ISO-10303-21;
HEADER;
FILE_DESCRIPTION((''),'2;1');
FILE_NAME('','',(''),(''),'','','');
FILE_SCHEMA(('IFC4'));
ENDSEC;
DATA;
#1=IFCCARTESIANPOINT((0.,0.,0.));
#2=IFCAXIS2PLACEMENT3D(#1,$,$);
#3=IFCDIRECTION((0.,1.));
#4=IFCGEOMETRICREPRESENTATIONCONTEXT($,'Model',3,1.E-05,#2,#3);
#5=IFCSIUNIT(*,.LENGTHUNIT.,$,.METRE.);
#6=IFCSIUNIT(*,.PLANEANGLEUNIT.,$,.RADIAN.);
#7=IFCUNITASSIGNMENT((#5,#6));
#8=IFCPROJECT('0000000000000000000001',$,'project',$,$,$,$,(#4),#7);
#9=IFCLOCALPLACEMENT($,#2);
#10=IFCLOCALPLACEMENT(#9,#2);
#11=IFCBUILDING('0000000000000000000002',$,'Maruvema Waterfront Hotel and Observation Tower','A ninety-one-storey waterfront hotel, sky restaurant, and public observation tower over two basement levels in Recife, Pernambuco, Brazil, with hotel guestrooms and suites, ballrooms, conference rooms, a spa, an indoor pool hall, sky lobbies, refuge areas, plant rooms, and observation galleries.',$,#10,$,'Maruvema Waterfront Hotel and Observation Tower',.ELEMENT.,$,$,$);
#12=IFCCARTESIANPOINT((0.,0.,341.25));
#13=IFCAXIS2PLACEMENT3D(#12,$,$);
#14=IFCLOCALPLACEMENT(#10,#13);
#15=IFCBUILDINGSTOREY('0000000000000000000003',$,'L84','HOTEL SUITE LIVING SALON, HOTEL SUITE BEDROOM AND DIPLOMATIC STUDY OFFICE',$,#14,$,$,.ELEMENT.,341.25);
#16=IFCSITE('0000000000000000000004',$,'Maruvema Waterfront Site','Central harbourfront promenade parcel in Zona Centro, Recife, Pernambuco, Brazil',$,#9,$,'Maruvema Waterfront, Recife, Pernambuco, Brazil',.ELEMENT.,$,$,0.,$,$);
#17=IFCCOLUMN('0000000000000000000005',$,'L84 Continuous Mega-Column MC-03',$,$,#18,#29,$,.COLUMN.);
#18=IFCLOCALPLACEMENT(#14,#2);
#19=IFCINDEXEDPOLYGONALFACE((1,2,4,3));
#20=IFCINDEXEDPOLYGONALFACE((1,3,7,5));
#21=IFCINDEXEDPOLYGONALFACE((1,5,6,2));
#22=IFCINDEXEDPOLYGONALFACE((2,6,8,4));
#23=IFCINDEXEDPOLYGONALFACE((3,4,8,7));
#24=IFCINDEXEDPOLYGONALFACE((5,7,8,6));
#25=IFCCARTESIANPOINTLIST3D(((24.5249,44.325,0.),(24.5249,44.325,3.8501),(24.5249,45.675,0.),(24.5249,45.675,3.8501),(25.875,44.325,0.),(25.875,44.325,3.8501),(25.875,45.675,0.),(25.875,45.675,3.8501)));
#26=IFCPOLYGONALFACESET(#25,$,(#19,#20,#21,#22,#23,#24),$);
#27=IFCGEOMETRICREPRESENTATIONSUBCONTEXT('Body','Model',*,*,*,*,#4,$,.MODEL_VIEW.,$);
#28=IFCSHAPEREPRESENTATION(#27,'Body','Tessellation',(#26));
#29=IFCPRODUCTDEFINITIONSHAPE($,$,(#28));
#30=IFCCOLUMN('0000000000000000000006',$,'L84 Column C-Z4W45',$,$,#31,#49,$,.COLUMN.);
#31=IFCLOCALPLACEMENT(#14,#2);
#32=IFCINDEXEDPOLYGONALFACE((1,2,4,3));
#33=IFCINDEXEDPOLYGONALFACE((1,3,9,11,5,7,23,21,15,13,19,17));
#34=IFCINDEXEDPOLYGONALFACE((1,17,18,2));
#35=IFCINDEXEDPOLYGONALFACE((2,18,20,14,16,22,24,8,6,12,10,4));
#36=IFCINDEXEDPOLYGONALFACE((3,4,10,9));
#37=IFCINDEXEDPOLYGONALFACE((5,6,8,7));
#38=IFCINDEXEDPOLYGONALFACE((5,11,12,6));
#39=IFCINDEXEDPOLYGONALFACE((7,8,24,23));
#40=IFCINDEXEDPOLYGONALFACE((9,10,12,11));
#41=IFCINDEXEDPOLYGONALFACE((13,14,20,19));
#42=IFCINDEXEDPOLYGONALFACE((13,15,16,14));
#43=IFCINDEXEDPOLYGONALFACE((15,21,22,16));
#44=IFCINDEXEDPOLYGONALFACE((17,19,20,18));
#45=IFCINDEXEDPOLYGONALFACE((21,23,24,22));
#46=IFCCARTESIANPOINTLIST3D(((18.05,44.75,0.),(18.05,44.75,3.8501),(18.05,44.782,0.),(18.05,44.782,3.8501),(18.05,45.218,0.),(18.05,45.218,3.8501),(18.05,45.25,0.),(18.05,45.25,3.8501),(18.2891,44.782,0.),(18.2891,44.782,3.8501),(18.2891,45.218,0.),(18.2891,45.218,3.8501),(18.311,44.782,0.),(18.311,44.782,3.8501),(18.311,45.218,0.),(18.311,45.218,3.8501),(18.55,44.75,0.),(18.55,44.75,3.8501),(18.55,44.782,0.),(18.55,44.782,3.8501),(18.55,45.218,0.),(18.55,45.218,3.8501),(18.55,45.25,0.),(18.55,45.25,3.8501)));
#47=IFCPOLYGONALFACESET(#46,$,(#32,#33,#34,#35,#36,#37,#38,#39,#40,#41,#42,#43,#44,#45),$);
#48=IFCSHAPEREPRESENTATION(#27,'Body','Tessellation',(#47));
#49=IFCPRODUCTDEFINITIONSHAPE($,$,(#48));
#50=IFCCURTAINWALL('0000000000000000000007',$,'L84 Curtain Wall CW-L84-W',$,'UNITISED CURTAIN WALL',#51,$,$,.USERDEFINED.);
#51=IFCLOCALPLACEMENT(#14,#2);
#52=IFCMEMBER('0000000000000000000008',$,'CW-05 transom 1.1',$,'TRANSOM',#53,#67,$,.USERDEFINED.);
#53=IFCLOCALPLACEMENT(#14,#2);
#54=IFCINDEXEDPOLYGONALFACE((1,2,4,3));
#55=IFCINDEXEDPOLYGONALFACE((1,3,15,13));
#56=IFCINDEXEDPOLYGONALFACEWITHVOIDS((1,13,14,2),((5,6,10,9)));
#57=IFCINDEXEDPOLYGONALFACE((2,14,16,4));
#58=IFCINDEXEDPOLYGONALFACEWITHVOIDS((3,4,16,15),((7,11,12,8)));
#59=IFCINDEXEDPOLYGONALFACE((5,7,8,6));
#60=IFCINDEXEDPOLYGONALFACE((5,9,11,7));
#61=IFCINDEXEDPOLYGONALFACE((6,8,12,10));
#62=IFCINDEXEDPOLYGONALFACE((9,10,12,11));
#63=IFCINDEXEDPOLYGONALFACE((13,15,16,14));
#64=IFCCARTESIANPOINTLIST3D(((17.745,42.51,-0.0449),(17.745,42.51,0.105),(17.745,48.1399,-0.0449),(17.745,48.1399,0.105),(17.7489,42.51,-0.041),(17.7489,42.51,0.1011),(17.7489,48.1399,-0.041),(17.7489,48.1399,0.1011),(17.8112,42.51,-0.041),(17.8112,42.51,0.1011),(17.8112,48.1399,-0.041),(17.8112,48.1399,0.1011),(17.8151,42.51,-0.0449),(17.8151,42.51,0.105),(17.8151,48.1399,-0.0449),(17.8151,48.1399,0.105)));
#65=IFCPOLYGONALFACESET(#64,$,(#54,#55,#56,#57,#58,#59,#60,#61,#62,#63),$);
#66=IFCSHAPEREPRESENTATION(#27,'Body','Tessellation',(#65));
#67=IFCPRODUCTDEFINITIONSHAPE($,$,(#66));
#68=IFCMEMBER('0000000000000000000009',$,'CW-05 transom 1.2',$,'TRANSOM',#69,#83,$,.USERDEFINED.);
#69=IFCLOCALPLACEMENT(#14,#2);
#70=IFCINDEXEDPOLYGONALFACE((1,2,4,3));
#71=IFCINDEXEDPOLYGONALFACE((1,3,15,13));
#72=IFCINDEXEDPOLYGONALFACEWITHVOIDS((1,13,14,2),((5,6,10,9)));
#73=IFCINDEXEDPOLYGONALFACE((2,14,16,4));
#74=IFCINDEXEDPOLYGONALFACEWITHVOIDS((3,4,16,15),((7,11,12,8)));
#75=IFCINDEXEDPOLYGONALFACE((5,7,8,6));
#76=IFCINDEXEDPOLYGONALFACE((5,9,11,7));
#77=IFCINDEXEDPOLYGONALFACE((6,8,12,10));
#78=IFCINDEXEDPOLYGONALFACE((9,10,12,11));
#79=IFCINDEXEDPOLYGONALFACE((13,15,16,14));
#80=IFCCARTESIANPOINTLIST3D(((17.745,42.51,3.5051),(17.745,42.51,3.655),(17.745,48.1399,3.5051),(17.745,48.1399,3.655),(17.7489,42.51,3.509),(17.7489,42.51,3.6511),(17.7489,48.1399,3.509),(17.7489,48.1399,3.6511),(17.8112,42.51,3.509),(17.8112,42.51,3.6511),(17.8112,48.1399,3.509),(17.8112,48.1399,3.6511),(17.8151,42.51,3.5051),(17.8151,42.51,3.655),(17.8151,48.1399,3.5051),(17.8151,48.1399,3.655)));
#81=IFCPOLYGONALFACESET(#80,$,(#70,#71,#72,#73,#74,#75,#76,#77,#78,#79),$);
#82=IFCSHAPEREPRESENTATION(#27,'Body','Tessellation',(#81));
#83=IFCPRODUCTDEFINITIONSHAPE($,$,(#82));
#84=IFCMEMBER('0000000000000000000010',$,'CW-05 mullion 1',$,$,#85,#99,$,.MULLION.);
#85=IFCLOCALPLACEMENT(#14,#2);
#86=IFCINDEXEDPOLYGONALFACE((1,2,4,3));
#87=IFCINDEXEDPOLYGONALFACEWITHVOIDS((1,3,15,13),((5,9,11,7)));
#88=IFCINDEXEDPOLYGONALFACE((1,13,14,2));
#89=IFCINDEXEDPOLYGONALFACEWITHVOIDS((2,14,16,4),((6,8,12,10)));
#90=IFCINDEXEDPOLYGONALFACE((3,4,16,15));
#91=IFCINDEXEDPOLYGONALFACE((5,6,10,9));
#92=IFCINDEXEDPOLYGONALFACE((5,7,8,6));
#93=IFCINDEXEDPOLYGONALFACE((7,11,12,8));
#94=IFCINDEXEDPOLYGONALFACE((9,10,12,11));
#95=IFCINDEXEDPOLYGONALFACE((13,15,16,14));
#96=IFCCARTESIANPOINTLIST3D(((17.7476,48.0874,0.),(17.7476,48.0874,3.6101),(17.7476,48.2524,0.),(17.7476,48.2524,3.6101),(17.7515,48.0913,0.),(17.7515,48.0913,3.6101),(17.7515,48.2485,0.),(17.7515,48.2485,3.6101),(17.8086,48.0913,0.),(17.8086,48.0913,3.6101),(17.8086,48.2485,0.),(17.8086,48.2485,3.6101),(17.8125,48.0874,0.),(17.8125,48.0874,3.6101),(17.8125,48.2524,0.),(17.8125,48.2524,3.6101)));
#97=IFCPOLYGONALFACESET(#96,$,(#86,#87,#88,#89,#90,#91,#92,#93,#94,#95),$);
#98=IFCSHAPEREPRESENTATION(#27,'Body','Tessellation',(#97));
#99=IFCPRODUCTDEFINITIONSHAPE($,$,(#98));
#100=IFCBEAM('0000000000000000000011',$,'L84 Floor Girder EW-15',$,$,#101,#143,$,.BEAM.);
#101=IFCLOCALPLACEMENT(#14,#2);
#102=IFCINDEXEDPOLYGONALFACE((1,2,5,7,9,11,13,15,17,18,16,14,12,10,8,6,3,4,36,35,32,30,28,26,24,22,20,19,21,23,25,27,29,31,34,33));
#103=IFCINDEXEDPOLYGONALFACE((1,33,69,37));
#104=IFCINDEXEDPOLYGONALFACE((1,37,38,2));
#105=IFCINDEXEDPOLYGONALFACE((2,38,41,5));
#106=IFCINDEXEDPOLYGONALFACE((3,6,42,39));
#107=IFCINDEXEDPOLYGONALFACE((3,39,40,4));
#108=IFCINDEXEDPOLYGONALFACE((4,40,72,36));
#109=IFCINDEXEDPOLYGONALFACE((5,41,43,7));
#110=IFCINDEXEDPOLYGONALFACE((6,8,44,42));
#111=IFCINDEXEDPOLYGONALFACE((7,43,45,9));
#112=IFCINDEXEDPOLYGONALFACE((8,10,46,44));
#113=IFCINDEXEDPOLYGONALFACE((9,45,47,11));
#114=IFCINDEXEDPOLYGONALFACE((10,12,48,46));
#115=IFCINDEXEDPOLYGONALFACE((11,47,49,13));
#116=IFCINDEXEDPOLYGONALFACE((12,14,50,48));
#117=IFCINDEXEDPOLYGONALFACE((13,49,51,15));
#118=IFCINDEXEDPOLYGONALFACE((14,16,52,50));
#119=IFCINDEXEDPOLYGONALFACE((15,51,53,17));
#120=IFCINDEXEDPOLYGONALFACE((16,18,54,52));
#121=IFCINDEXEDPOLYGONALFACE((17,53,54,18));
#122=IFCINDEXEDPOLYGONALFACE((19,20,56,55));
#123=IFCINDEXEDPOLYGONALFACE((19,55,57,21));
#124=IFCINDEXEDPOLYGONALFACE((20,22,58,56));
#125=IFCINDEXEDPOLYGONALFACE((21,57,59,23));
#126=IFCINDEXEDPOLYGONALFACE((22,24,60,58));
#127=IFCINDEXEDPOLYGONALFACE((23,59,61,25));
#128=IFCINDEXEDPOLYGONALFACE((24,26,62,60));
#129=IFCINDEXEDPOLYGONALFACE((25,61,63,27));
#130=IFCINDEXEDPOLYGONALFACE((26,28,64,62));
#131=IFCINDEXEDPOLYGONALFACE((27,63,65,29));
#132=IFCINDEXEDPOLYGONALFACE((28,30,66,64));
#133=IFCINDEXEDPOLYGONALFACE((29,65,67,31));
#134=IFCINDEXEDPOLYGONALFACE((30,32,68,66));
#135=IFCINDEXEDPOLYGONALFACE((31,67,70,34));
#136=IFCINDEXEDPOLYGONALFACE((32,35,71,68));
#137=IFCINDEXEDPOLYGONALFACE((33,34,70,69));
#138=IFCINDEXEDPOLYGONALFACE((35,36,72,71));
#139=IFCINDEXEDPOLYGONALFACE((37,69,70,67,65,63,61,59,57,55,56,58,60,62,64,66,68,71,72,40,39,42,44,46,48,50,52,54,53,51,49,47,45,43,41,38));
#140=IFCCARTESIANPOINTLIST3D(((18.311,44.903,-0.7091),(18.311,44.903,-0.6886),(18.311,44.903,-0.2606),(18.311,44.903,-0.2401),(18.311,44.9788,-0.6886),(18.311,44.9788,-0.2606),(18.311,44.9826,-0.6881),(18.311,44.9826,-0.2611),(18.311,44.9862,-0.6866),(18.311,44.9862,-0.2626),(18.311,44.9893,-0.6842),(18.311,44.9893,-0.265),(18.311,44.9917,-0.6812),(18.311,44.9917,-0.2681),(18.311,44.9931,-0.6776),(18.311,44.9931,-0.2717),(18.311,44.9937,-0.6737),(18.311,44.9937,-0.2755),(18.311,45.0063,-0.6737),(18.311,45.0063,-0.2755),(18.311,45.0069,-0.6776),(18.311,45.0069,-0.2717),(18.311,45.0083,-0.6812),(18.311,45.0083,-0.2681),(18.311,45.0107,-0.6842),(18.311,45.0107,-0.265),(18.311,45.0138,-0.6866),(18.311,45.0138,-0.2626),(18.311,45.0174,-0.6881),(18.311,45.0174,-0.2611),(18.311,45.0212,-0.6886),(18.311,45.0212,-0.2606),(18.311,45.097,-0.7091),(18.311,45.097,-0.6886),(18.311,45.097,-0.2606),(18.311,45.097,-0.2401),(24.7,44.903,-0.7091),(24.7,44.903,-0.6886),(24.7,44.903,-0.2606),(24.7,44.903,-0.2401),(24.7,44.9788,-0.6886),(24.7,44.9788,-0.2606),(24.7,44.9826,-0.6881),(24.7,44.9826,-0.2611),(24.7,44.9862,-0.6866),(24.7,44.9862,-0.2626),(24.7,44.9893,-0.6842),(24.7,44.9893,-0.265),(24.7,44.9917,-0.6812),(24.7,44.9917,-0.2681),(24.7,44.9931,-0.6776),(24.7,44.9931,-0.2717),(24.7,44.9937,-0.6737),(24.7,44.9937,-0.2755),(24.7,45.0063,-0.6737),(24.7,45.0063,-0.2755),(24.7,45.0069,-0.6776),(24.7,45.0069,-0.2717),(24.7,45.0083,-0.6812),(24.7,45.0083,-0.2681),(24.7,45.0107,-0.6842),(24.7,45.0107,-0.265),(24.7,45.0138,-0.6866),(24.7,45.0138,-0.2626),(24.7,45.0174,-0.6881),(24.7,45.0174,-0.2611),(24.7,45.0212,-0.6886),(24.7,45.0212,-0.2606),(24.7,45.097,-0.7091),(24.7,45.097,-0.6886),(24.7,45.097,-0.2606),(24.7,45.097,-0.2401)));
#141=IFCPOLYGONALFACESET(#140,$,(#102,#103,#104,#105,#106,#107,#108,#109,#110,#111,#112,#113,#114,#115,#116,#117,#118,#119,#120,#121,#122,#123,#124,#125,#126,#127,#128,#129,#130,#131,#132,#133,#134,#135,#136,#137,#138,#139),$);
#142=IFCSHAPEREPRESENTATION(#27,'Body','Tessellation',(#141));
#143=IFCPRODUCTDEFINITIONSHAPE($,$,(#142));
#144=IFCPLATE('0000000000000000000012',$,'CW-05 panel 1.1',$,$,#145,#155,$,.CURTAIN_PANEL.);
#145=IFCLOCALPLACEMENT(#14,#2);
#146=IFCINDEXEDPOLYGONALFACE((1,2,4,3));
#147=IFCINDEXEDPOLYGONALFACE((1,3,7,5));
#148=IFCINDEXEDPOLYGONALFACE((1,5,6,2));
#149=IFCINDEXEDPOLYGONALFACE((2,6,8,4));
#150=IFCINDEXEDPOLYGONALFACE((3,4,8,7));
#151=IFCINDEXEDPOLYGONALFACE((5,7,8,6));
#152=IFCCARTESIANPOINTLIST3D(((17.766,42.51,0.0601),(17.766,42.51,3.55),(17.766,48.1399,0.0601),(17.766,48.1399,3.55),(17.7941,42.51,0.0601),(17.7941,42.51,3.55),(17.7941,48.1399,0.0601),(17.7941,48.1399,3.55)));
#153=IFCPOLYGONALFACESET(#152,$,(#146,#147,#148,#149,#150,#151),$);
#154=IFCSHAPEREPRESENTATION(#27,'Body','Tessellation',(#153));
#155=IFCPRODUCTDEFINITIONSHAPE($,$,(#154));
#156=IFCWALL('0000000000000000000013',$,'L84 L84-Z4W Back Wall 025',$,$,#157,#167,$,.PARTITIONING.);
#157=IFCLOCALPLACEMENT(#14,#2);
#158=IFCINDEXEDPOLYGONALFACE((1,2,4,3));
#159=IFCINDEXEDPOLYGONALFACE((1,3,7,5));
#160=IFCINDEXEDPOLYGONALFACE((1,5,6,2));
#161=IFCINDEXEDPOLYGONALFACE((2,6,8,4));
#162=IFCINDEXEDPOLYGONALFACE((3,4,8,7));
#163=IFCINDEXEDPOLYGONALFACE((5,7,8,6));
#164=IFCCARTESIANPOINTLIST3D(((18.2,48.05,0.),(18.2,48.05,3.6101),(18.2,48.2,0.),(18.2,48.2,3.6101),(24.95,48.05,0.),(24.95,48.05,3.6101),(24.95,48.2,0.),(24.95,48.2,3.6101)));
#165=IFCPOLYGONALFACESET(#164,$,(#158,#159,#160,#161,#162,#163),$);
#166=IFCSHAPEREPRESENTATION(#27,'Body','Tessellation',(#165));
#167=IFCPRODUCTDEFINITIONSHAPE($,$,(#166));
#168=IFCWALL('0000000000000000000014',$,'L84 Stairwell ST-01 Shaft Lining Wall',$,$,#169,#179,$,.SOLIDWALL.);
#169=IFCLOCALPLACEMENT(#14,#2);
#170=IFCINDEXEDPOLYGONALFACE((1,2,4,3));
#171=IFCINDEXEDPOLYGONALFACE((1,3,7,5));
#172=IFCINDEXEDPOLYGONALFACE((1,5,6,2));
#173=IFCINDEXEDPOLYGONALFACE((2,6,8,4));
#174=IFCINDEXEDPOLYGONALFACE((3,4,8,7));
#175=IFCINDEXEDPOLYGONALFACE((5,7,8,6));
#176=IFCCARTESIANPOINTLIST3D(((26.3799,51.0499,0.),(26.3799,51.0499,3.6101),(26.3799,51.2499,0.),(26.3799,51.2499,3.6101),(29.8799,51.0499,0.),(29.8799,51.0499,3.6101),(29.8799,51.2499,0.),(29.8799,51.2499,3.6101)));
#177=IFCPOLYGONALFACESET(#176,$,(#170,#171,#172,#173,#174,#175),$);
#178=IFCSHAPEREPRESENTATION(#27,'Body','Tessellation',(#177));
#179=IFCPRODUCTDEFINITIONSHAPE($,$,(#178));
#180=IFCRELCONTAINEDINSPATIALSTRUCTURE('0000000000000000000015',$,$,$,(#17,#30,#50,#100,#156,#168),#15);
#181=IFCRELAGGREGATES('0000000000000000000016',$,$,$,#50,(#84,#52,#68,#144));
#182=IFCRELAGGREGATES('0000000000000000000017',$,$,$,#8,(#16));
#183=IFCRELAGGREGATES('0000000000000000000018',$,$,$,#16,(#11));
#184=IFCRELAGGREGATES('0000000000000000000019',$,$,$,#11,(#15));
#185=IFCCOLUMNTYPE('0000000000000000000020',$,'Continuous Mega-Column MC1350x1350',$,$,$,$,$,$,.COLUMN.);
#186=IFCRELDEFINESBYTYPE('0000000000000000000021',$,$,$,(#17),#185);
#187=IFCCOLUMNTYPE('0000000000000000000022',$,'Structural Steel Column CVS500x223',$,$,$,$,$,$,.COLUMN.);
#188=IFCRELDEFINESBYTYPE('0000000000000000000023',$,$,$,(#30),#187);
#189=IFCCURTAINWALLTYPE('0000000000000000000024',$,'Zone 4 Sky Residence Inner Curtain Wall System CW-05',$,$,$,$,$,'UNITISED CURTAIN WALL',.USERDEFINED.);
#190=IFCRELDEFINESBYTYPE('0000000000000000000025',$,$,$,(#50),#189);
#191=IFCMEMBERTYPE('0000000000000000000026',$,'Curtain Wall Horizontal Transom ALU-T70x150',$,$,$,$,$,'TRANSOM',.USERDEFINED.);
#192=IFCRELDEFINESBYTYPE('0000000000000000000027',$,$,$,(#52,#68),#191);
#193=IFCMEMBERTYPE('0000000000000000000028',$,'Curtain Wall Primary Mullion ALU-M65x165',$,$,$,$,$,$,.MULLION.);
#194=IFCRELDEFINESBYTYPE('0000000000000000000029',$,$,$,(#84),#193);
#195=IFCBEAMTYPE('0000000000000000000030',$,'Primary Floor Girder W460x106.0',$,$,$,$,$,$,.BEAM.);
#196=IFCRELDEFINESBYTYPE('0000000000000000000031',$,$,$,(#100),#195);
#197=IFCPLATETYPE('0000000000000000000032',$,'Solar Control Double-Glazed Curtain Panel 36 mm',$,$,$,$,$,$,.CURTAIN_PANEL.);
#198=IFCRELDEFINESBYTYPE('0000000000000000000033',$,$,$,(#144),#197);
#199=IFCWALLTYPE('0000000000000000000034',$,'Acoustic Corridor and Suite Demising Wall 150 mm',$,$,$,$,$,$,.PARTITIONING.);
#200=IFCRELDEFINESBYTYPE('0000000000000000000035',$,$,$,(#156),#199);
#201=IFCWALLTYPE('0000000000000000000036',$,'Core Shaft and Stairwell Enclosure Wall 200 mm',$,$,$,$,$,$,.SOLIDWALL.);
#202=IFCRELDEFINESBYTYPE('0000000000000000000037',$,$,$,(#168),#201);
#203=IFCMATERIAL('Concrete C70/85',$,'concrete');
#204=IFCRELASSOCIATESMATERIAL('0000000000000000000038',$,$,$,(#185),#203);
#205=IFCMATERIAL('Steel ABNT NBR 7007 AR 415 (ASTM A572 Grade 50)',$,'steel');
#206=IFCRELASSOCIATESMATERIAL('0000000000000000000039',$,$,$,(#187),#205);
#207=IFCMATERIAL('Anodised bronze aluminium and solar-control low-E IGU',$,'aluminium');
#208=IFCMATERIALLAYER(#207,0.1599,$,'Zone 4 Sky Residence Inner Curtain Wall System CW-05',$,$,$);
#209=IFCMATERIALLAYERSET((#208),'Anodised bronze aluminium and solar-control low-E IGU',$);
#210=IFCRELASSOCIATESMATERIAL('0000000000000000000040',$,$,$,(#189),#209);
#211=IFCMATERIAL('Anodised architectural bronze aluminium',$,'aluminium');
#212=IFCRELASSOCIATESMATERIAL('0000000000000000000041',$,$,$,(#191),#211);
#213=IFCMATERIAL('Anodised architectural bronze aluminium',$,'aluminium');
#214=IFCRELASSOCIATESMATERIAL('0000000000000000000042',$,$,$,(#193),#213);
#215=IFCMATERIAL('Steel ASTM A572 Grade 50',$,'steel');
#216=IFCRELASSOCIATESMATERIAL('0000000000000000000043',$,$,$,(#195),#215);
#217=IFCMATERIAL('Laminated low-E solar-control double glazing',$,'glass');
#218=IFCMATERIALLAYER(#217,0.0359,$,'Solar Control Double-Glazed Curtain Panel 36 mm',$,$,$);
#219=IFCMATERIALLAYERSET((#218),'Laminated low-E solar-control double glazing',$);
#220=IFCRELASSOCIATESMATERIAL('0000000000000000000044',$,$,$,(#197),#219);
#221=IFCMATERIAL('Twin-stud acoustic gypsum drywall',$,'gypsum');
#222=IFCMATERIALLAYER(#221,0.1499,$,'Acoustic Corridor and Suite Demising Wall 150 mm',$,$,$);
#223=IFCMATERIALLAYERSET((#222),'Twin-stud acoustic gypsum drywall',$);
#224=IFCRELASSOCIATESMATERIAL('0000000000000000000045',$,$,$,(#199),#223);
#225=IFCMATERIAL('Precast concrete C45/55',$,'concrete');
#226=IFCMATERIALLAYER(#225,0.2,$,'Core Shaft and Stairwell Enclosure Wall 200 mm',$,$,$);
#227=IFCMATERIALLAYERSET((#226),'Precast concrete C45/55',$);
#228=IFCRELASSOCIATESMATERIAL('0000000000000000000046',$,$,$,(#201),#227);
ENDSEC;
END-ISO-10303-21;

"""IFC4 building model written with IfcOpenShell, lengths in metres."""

from ifc_helpers import new_model, si_unit, direction, frame, frame_2d, origin, origin_2d, place, context, subcontext, project, spatial, rectangle, hollow_rectangle, i_section, extrude, material, layer, layer_set, material_profile, profile_set, type_object, element, aggregate, save


model = new_model("IFC4")

# Units and contexts
model_context = context("Model", 3, precision=1e-05, world=origin(), true_north=direction((0.0, 1.0)))
body_context = subcontext(model_context, "Body", "Model", "MODEL_VIEW")
ifc_project = project(units=[si_unit("LENGTHUNIT", "METRE"), si_unit("PLANEANGLEUNIT", "RADIAN")], contexts=[model_context])

# Site, building, storey
site_placement = place(None, origin())
site = spatial("IfcSite", under=ifc_project, at=site_placement, Name="Maruvema Waterfront Site", Description="Central harbourfront promenade parcel in Zona Centro, Recife, Pernambuco, Brazil", LongName="Maruvema Waterfront, Recife, Pernambuco, Brazil", CompositionType="ELEMENT", RefElevation=0.0)
building_placement = place(site_placement, origin())
building = spatial("IfcBuilding", under=site, at=building_placement, Name="Maruvema Waterfront Hotel and Observation Tower", Description="A ninety-one-storey waterfront hotel, sky restaurant, and public observation tower over two basement levels in Recife, Pernambuco, Brazil, with hotel guestrooms and suites, ballrooms, conference rooms, a spa, an indoor pool hall, sky lobbies, refuge areas, plant rooms, and observation galleries.", LongName="Maruvema Waterfront Hotel and Observation Tower", CompositionType="ELEMENT")
storey_placement = place(building_placement, frame((0.0, 0.0, 341.25)))
storey = spatial("IfcBuildingStorey", under=building, at=storey_placement, Name="L84", Description="HOTEL SUITE LIVING SALON, HOTEL SUITE BEDROOM AND DIPLOMATIC STUDY OFFICE", CompositionType="ELEMENT", Elevation=341.25)

# Columns
ifc_material_1 = material(Name="Concrete C70/85", Category="concrete")
ifc_material_profile_1 = material_profile(ifc_material_1, rectangle(XDim=1.3501, YDim=1.3501, at=origin_2d()), Name="MC1350x1350")
ifc_profile_set_1 = profile_set([ifc_material_profile_1], Name="Concrete C70/85")
column_type_1 = type_object("IfcColumnType", Name="Continuous Mega-Column MC1350x1350", PredefinedType="COLUMN", material=ifc_profile_set_1)
column_1_placement = place(storey_placement, frame((25.2, 45.0, 0.0), z_axis=(0.0, 0.0, 1.0), x_axis=(1.0, 0.0, 0.0)))
element("IfcColumn", 1, at=column_1_placement, inside=storey, type_object=column_type_1, Name="L84 Continuous Mega-Column MC-03", PredefinedType="COLUMN", context=body_context, shape_type="SweptSolid", body=[
    extrude(rectangle(XDim=1.3501, YDim=1.3501, at=origin_2d()), origin(), (0.0, 0.0, 1.0), 3.8501),
])
ifc_material_2 = material(Name="Steel ABNT NBR 7007 AR 415 (ASTM A572 Grade 50)", Category="steel")
ifc_material_profile_2 = material_profile(ifc_material_2, i_section(OverallWidth=0.5, OverallDepth=0.5, WebThickness=0.022, FlangeThickness=0.032, at=origin_2d()), Name="CVS500x223")
ifc_profile_set_2 = profile_set([ifc_material_profile_2], Name="Steel ABNT NBR 7007 AR 415 (ASTM A572 Grade 50)")
column_type_2 = type_object("IfcColumnType", Name="Structural Steel Column CVS500x223", PredefinedType="COLUMN", material=ifc_profile_set_2)
column_2_placement = place(storey_placement, frame((18.3, 45.0, 0.0), z_axis=(0.0, 0.0, 1.0), x_axis=(1.0, 0.0, 0.0)))
element("IfcColumn", 2, at=column_2_placement, inside=storey, type_object=column_type_2, Name="L84 Column C-Z4W45", PredefinedType="COLUMN", context=body_context, shape_type="SweptSolid", body=[
    extrude(i_section(OverallWidth=0.5, OverallDepth=0.5, WebThickness=0.022, FlangeThickness=0.032, at=origin_2d()), origin(), (0.0, 0.0, 1.0), 3.8501),
])

# Curtain wall, members
ifc_material_3 = material(Name="Anodised bronze aluminium and solar-control low-E IGU", Category="aluminium")
ifc_layer_1 = layer(ifc_material_3, 0.1599, Name="Zone 4 Sky Residence Inner Curtain Wall System CW-05")
ifc_layer_set_1 = layer_set([ifc_layer_1], Name="Anodised bronze aluminium and solar-control low-E IGU")
curtain_wall_type = type_object("IfcCurtainWallType", Name="Zone 4 Sky Residence Inner Curtain Wall System CW-05", ElementType="UNITISED CURTAIN WALL", PredefinedType="USERDEFINED", material=ifc_layer_set_1)
curtain_wall_placement = place(storey_placement, origin())
curtain_wall = element("IfcCurtainWall", 3, at=curtain_wall_placement, inside=storey, type_object=curtain_wall_type, Name="L84 Curtain Wall CW-L84-W", ObjectType="UNITISED CURTAIN WALL", PredefinedType="USERDEFINED")
ifc_material_4 = material(Name="Anodised architectural bronze aluminium", Category="aluminium")
ifc_material_profile_3 = material_profile(ifc_material_4, hollow_rectangle(XDim=0.0701, YDim=0.1499, WallThickness=0.0039, at=origin_2d()), Name="ALU-T70x150")
ifc_profile_set_3 = profile_set([ifc_material_profile_3], Name="Anodised architectural bronze aluminium")
member_type_1 = type_object("IfcMemberType", Name="Curtain Wall Horizontal Transom ALU-T70x150", ElementType="TRANSOM", PredefinedType="USERDEFINED", material=ifc_profile_set_3)
member_1_placement = place(storey_placement, frame((17.78, 48.1399, 0.03), z_axis=(0.0, -1.0, 0.0), x_axis=(1.0, 0.0, 0.0)))
member_1 = element("IfcMember", 4, at=member_1_placement, type_object=member_type_1, Name="CW-05 transom 1.1", ObjectType="TRANSOM", PredefinedType="USERDEFINED", context=body_context, shape_type="SweptSolid", body=[
    extrude(hollow_rectangle(XDim=0.0701, YDim=0.1499, WallThickness=0.0039, at=origin_2d()), origin(), (0.0, 0.0, 1.0), 5.6299),
])
member_2_placement = place(storey_placement, frame((17.78, 48.1399, 3.5801), z_axis=(0.0, -1.0, 0.0), x_axis=(1.0, 0.0, 0.0)))
member_2 = element("IfcMember", 5, at=member_2_placement, type_object=member_type_1, Name="CW-05 transom 1.2", ObjectType="TRANSOM", PredefinedType="USERDEFINED", context=body_context, shape_type="SweptSolid", body=[
    extrude(hollow_rectangle(XDim=0.0701, YDim=0.1499, WallThickness=0.0039, at=origin_2d()), origin(), (0.0, 0.0, 1.0), 5.6299),
])
ifc_material_5 = material(Name="Anodised architectural bronze aluminium", Category="aluminium")
ifc_material_profile_4 = material_profile(ifc_material_5, hollow_rectangle(XDim=0.0649, YDim=0.165, WallThickness=0.0039, at=origin_2d()), Name="ALU-M65x165")
ifc_profile_set_4 = profile_set([ifc_material_profile_4], Name="Anodised architectural bronze aluminium")
member_type_2 = type_object("IfcMemberType", Name="Curtain Wall Primary Mullion ALU-M65x165", PredefinedType="MULLION", material=ifc_profile_set_4)
member_3_placement = place(storey_placement, frame((17.78, 48.1699, 0.0), z_axis=(0.0, 0.0, 1.0), x_axis=(1.0, 0.0, 0.0)))
member_3 = element("IfcMember", 6, at=member_3_placement, type_object=member_type_2, Name="CW-05 mullion 1", PredefinedType="MULLION", context=body_context, shape_type="SweptSolid", body=[
    extrude(hollow_rectangle(XDim=0.0649, YDim=0.165, WallThickness=0.0039, at=origin_2d()), origin(), (0.0, 0.0, 1.0), 3.6101),
])

# Beam
ifc_material_6 = material(Name="Steel ASTM A572 Grade 50", Category="steel")
ifc_material_profile_5 = material_profile(ifc_material_6, i_section(OverallWidth=0.1941, OverallDepth=0.469, WebThickness=0.0127, FlangeThickness=0.0205, FilletRadius=0.0149, at=origin_2d()), Name="W460x106.0")
ifc_profile_set_5 = profile_set([ifc_material_profile_5], Name="Steel ASTM A572 Grade 50")
beam_type = type_object("IfcBeamType", Name="Primary Floor Girder W460x106.0", PredefinedType="BEAM", material=ifc_profile_set_5)
beam_placement = place(storey_placement, frame((18.311, 45.0, -0.4746), z_axis=(1.0, 0.0, 0.0), x_axis=(0.0, 1.0, 0.0)))
element("IfcBeam", 7, at=beam_placement, inside=storey, type_object=beam_type, Name="L84 Floor Girder EW-15", PredefinedType="BEAM", context=body_context, shape_type="SweptSolid", body=[
    extrude(i_section(OverallWidth=0.1941, OverallDepth=0.469, WebThickness=0.0127, FlangeThickness=0.0205, FilletRadius=0.0149, at=origin_2d()), origin(), (0.0, 0.0, 1.0), 6.3889),
])

# Plate
ifc_material_7 = material(Name="Laminated low-E solar-control double glazing", Category="glass")
ifc_layer_2 = layer(ifc_material_7, 0.0359, Name="Solar Control Double-Glazed Curtain Panel 36 mm")
ifc_layer_set_2 = layer_set([ifc_layer_2], Name="Laminated low-E solar-control double glazing")
plate_type = type_object("IfcPlateType", Name="Solar Control Double-Glazed Curtain Panel 36 mm", PredefinedType="CURTAIN_PANEL", material=ifc_layer_set_2)
plate_placement = place(storey_placement, frame((17.78, 45.325, 0.0601), z_axis=(0.0, 0.0, 1.0), x_axis=(0.0, -1.0, 0.0)))
plate = element("IfcPlate", 8, at=plate_placement, type_object=plate_type, Name="CW-05 panel 1.1", PredefinedType="CURTAIN_PANEL", context=body_context, shape_type="SweptSolid", body=[
    extrude(rectangle(XDim=5.6299, YDim=0.0281, at=origin_2d()), origin(), (0.0, 0.0, 1.0), 3.49),
])
aggregate(curtain_wall, [member_3, member_1, member_2, plate])

# Walls
ifc_material_8 = material(Name="Twin-stud acoustic gypsum drywall", Category="gypsum")
ifc_layer_3 = layer(ifc_material_8, 0.1499, Name="Acoustic Corridor and Suite Demising Wall 150 mm")
ifc_layer_set_3 = layer_set([ifc_layer_3], Name="Twin-stud acoustic gypsum drywall")
wall_type_1 = type_object("IfcWallType", Name="Acoustic Corridor and Suite Demising Wall 150 mm", PredefinedType="PARTITIONING", material=ifc_layer_set_3)
wall_1_placement = place(storey_placement, frame((18.2, 48.125, 0.0), z_axis=(0.0, 0.0, 1.0), x_axis=(1.0, 0.0, 0.0)))
element("IfcWall", 9, at=wall_1_placement, inside=storey, type_object=wall_type_1, Name="L84 L84-Z4W Back Wall 025", PredefinedType="PARTITIONING", context=body_context, shape_type="SweptSolid", body=[
    extrude(rectangle(XDim=6.75, YDim=0.1499, at=frame_2d((3.375, 0.0))), origin(), (0.0, 0.0, 1.0), 3.6101),
])
ifc_material_9 = material(Name="Precast concrete C45/55", Category="concrete")
ifc_layer_4 = layer(ifc_material_9, 0.2, Name="Core Shaft and Stairwell Enclosure Wall 200 mm")
ifc_layer_set_4 = layer_set([ifc_layer_4], Name="Precast concrete C45/55")
wall_type_2 = type_object("IfcWallType", Name="Core Shaft and Stairwell Enclosure Wall 200 mm", PredefinedType="SOLIDWALL", material=ifc_layer_set_4)
wall_2_placement = place(storey_placement, frame((26.3799, 51.1499, 0.0), z_axis=(0.0, 0.0, 1.0), x_axis=(1.0, 0.0, 0.0)))
element("IfcWall", 10, at=wall_2_placement, inside=storey, type_object=wall_type_2, Name="L84 Stairwell ST-01 Shaft Lining Wall", PredefinedType="SOLIDWALL", context=body_context, shape_type="SweptSolid", body=[
    extrude(rectangle(XDim=3.5, YDim=0.2, at=frame_2d((1.75, 0.0))), origin(), (0.0, 0.0, 1.0), 3.6101),
])

save(model, "model.ifc")
